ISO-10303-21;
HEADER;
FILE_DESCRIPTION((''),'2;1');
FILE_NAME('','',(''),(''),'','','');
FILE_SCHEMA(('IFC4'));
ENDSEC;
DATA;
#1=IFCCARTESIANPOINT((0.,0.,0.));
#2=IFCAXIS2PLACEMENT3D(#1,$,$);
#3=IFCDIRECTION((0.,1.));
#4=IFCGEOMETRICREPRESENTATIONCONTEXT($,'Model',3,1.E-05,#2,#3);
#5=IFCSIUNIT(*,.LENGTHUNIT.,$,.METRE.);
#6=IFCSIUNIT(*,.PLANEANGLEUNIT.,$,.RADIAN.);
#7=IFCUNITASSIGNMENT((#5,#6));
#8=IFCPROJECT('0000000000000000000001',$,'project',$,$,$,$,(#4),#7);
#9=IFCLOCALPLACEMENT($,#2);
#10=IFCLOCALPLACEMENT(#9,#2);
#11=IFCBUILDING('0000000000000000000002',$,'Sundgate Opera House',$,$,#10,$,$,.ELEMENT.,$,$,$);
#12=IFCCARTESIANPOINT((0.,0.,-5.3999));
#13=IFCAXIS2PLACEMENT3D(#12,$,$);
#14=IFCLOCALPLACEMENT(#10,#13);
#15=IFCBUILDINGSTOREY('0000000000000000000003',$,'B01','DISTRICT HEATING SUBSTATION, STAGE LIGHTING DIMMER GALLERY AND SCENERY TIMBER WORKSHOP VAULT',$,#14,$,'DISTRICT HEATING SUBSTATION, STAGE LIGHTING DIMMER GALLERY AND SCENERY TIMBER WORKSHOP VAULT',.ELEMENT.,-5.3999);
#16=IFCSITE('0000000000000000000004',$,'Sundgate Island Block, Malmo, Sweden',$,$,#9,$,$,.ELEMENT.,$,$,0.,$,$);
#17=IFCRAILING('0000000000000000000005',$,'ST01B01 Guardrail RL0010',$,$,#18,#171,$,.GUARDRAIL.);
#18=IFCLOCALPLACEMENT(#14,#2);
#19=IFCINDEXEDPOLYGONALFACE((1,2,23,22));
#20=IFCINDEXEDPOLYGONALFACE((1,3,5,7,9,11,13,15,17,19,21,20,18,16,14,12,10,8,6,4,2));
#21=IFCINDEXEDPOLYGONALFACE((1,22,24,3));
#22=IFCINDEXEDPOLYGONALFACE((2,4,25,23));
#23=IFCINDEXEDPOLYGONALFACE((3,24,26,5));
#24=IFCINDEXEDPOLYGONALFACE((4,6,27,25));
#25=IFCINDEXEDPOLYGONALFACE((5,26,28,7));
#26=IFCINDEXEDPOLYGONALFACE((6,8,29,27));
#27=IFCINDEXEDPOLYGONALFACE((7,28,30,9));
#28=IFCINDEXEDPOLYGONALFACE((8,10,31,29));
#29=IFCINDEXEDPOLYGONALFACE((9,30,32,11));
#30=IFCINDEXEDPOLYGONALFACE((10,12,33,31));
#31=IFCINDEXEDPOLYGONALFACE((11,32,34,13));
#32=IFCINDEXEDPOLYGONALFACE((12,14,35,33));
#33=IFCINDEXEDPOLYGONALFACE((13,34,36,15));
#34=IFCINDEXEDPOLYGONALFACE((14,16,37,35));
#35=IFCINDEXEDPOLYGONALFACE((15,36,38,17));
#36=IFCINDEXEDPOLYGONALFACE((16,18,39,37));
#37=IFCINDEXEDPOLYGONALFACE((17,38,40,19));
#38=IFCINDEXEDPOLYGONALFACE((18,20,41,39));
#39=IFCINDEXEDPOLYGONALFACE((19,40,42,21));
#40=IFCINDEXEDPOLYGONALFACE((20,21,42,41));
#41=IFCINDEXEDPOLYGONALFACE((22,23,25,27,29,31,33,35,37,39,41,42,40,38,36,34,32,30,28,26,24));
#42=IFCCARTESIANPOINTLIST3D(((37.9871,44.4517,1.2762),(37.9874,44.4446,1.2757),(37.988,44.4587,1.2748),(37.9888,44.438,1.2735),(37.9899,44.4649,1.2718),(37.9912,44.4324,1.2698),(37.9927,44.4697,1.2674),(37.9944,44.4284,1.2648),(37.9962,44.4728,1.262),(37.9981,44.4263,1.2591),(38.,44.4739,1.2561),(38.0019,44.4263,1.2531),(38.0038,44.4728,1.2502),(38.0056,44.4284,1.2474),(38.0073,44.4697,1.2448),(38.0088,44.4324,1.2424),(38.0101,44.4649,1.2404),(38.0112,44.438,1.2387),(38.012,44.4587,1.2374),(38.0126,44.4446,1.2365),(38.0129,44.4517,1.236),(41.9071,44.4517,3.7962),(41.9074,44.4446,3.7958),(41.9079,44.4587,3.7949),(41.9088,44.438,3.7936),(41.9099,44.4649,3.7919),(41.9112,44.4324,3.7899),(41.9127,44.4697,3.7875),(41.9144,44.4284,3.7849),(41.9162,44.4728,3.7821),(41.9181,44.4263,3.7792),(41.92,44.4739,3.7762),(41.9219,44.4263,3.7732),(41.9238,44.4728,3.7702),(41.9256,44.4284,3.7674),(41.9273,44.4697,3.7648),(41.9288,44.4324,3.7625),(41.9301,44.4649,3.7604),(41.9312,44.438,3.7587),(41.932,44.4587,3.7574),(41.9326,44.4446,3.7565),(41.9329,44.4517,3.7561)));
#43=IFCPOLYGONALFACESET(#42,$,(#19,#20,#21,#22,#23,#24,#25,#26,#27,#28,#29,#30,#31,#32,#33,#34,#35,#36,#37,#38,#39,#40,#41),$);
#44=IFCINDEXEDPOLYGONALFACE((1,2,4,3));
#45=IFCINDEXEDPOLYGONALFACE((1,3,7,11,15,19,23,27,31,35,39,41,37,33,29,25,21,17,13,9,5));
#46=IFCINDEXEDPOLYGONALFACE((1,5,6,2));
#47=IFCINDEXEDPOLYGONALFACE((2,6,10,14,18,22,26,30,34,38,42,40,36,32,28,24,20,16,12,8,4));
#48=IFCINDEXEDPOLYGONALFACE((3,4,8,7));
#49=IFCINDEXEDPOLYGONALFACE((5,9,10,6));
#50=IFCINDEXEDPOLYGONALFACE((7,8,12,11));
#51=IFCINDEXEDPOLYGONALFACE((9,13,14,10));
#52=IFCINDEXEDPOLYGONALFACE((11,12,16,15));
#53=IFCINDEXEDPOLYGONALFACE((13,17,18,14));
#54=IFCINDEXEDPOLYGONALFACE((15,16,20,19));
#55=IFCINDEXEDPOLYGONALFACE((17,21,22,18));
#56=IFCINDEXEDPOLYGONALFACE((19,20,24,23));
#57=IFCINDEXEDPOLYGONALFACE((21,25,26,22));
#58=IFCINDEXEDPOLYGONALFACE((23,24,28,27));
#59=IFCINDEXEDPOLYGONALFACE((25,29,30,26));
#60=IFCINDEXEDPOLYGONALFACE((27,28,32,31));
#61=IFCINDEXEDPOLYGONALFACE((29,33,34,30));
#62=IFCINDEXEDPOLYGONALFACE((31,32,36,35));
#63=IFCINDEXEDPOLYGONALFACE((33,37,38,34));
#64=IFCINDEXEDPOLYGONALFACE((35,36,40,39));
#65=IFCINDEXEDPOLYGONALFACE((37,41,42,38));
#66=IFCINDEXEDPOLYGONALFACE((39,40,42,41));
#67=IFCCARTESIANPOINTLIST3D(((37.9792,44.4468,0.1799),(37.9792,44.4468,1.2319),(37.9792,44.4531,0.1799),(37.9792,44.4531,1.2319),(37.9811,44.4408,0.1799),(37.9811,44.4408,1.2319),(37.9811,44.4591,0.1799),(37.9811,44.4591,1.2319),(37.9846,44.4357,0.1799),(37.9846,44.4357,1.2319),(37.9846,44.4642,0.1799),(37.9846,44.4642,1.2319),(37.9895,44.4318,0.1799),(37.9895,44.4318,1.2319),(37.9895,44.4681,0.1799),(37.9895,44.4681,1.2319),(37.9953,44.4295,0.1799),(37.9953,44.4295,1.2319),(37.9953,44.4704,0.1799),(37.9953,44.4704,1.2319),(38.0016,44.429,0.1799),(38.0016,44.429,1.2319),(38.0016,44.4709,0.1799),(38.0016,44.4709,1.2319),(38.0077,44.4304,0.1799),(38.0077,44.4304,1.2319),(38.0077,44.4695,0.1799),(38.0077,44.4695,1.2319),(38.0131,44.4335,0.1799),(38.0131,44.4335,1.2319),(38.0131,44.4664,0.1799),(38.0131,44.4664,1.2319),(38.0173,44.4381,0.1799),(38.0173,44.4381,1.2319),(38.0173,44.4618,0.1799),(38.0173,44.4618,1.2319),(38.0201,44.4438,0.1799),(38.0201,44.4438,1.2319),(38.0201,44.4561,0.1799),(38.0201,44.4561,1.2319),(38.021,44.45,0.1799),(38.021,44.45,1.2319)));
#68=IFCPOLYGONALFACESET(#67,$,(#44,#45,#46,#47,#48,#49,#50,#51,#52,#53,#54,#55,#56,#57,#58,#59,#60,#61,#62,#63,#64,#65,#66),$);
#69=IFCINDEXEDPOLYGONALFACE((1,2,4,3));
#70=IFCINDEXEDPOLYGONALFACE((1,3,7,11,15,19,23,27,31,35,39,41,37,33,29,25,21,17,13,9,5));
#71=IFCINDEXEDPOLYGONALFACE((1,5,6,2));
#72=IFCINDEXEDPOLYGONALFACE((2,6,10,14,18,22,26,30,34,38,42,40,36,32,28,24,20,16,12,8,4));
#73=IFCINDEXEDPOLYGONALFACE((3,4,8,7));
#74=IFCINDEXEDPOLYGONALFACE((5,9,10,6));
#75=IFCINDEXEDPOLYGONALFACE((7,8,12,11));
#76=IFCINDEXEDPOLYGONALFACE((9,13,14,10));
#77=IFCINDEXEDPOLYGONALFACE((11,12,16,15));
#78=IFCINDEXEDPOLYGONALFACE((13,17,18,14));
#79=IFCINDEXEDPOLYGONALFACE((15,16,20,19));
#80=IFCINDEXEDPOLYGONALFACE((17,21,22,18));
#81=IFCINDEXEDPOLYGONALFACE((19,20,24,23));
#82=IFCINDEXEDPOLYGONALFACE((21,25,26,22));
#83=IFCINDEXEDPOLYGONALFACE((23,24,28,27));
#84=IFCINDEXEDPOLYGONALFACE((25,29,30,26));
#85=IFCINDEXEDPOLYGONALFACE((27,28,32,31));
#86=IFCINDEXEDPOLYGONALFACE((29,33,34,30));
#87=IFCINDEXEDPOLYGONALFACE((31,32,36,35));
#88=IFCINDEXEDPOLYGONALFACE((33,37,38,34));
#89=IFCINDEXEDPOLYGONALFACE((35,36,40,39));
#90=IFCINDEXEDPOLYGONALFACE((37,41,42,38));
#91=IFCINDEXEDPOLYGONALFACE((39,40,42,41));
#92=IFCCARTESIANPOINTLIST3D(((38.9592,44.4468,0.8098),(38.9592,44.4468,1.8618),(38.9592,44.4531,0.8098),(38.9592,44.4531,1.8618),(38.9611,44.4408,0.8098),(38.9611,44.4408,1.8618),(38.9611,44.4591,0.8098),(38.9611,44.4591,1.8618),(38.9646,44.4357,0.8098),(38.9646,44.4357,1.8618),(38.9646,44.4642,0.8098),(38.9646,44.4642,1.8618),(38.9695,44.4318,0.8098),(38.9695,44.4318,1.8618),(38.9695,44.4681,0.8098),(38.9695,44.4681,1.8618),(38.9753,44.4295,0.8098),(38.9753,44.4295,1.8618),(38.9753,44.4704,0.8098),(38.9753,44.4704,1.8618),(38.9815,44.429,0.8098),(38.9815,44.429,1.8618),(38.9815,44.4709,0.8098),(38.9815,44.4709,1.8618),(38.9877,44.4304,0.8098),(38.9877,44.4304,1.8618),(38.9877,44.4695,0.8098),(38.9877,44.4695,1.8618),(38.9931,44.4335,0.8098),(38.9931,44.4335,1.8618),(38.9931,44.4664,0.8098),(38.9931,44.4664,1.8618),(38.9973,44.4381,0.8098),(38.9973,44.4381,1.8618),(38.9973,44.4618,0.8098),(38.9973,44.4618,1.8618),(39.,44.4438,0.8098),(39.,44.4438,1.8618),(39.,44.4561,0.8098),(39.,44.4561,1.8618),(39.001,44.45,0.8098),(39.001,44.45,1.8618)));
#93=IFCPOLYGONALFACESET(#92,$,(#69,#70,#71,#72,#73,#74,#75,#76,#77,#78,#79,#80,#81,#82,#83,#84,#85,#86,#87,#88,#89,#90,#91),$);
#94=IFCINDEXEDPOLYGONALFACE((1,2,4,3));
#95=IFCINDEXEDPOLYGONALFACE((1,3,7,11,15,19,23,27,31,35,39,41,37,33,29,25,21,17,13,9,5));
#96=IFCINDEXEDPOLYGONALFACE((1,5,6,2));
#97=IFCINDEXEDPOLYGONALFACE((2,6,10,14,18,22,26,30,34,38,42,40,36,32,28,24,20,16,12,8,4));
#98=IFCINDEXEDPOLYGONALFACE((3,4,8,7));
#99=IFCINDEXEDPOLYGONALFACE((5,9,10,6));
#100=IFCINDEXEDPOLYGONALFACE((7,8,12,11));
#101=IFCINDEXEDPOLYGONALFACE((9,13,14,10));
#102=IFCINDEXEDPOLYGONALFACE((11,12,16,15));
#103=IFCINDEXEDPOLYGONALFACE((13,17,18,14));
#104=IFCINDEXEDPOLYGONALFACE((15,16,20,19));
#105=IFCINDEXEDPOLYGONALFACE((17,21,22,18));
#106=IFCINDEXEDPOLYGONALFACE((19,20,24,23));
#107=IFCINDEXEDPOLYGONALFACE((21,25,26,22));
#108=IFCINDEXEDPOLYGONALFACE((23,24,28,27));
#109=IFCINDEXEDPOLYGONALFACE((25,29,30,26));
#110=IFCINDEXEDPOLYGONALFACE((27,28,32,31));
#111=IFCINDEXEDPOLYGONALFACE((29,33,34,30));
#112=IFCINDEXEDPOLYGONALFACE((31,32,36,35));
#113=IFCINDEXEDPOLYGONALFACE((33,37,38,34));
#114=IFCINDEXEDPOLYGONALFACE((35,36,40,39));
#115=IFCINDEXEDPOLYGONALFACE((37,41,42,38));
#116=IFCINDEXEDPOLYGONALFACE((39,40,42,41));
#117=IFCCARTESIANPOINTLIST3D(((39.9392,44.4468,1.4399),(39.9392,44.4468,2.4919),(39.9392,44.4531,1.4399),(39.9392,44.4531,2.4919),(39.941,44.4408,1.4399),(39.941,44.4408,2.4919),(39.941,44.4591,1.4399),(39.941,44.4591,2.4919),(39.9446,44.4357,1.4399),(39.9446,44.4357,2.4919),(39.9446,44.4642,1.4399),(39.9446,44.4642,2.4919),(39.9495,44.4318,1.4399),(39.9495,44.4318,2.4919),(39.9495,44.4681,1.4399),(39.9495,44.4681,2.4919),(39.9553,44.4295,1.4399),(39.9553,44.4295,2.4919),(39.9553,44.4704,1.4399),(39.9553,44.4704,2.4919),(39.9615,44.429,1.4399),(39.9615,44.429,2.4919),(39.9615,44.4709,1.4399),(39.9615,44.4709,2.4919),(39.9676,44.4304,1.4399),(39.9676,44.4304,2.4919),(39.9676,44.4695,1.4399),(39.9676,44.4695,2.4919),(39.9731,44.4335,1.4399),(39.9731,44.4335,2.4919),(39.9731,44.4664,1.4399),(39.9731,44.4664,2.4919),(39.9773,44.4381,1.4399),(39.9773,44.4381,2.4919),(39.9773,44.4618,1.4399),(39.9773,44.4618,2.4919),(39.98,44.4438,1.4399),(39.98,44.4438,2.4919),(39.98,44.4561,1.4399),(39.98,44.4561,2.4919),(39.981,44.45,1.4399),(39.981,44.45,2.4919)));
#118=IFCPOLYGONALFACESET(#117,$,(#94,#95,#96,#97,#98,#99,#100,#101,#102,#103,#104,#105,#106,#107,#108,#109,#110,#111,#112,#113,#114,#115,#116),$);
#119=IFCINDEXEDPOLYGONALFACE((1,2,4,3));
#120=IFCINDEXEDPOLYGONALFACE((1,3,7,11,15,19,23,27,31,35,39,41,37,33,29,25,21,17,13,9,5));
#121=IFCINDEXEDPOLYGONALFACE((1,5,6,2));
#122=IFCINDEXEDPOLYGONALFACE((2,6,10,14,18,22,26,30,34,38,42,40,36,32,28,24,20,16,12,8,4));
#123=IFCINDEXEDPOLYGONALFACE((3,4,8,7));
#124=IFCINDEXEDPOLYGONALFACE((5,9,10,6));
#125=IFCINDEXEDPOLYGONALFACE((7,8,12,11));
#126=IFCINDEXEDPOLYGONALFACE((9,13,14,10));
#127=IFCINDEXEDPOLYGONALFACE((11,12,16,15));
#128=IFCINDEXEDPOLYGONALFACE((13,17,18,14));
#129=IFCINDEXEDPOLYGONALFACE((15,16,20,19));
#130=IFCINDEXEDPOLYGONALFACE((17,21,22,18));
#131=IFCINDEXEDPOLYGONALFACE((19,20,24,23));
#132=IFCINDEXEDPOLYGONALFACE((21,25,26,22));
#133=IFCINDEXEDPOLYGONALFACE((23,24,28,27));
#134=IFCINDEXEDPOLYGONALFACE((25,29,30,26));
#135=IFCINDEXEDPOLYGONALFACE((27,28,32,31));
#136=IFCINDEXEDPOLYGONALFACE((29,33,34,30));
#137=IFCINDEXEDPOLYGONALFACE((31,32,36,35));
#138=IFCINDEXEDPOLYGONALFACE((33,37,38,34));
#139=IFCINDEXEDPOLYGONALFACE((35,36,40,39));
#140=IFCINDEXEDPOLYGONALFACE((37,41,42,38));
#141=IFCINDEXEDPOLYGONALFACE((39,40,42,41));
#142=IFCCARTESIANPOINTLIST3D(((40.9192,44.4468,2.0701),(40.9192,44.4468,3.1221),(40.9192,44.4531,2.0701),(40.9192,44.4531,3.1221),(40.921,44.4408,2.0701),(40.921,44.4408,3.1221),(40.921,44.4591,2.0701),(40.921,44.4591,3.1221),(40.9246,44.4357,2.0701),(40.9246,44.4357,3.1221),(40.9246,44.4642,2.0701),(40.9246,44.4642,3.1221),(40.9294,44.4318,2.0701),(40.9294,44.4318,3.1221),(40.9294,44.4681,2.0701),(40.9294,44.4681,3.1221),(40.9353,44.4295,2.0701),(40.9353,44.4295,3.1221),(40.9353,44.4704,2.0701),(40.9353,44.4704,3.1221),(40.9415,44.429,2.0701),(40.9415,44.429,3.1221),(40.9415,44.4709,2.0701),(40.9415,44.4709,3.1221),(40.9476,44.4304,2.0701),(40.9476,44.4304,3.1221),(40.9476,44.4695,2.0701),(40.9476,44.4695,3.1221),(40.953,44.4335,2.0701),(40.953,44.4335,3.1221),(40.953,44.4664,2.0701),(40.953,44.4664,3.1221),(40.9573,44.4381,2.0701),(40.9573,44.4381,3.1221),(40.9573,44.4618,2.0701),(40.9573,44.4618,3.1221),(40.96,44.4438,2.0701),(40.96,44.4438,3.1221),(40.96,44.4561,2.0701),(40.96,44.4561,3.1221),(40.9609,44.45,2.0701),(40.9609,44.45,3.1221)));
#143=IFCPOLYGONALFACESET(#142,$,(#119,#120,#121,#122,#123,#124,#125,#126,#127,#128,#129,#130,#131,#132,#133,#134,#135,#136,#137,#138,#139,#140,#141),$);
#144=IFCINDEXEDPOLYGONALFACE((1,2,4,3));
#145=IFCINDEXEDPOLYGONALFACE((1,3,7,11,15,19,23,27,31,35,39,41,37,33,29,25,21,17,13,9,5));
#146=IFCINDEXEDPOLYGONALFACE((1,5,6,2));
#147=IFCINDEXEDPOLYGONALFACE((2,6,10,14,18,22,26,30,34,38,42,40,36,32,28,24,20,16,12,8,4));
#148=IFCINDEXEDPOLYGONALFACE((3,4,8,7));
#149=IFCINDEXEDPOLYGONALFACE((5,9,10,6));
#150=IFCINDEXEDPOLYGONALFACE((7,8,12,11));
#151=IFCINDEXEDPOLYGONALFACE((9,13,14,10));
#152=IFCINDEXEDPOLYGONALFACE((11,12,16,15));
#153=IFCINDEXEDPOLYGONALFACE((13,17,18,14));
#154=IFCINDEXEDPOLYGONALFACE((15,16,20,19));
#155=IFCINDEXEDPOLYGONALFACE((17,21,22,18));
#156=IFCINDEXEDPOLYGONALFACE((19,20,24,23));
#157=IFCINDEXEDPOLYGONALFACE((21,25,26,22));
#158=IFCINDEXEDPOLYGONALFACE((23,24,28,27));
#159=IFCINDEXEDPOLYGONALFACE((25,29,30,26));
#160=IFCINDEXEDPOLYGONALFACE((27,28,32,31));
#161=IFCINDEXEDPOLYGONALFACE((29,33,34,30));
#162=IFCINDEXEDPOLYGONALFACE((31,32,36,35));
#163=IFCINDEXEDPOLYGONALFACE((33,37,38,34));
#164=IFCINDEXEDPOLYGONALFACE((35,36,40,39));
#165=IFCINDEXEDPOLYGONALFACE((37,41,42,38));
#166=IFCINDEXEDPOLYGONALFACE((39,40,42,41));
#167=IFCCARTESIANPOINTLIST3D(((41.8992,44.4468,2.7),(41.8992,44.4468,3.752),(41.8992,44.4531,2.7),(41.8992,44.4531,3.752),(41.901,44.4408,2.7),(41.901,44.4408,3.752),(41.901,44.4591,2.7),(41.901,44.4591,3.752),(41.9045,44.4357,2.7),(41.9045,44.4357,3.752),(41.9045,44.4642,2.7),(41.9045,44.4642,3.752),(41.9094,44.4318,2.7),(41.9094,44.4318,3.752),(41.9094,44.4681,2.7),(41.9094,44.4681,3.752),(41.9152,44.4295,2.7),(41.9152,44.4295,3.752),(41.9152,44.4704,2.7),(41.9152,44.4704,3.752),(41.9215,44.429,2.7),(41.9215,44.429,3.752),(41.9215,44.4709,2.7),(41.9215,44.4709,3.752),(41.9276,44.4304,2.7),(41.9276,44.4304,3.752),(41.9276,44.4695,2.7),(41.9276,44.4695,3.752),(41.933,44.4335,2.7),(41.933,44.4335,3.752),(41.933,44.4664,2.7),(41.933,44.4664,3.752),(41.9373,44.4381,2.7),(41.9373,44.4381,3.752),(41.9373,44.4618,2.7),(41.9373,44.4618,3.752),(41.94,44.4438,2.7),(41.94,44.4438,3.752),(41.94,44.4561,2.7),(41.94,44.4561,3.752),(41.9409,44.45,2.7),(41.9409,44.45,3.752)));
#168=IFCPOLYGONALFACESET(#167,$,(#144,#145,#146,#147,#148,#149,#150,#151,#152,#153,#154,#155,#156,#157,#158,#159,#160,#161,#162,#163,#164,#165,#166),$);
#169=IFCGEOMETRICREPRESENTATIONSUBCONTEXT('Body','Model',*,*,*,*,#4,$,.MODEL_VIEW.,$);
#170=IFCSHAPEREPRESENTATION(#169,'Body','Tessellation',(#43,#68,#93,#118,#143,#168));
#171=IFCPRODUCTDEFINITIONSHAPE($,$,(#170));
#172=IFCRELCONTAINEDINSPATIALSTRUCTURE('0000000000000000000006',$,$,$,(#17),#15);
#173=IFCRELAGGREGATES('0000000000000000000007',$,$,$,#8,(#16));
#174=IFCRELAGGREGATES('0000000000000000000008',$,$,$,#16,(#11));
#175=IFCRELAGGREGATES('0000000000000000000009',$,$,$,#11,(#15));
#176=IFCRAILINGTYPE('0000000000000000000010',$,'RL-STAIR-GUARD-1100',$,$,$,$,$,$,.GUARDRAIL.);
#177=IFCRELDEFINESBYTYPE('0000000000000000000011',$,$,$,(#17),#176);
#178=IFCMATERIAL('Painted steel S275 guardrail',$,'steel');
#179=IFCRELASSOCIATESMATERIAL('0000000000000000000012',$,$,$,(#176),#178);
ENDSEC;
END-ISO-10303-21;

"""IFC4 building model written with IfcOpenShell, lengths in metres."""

from ifc_helpers import new_model, si_unit, direction, frame, origin, origin_2d, place, context, subcontext, project, spatial, circle, extrude, material, type_object, element, save


model = new_model("IFC4")

# Units and contexts
model_context = context("Model", 3, precision=1e-05, world=origin(), true_north=direction((0.0, 1.0)))
body_context = subcontext(model_context, "Body", "Model", "MODEL_VIEW")
ifc_project = project(units=[si_unit("LENGTHUNIT", "METRE"), si_unit("PLANEANGLEUNIT", "RADIAN")], contexts=[model_context])

# Site, building, storey
site_placement = place(None, origin())
site = spatial("IfcSite", under=ifc_project, at=site_placement, Name="Sundgate Island Block, Malmo, Sweden", CompositionType="ELEMENT", RefElevation=0.0)
building_placement = place(site_placement, origin())
building = spatial("IfcBuilding", under=site, at=building_placement, Name="Sundgate Opera House", CompositionType="ELEMENT")
storey_placement = place(building_placement, frame((0.0, 0.0, -5.3999)))
storey = spatial("IfcBuildingStorey", under=building, at=storey_placement, Name="B01", Description="DISTRICT HEATING SUBSTATION, STAGE LIGHTING DIMMER GALLERY AND SCENERY TIMBER WORKSHOP VAULT", LongName="DISTRICT HEATING SUBSTATION, STAGE LIGHTING DIMMER GALLERY AND SCENERY TIMBER WORKSHOP VAULT", CompositionType="ELEMENT", Elevation=-5.3999)

# Railing
ifc_material_1 = material(Name="Painted steel S275 guardrail", Category="steel")
railing_type_1 = type_object("IfcRailingType", Name="RL-STAIR-GUARD-1100", PredefinedType="GUARDRAIL", material=ifc_material_1)
railing_1_placement = place(storey_placement, frame((38.0, 44.45, 0.1799)))
element("IfcRailing", 1, at=railing_1_placement, inside=storey, type_object=railing_type_1, Name="ST01B01 Guardrail RL0010", PredefinedType="GUARDRAIL", context=body_context, shape_type="SweptSolid", body=[
    extrude(circle(Radius=0.0239, at=origin_2d()), frame((0.0, 0.0, 1.0762), z_axis=(0.841172, 0.0, 0.540768), x_axis=(0.0, 1.0, 0.0)), (0.0, 0.0, 1.0), 4.6602),
    extrude(circle(Radius=0.021, at=origin_2d()), origin(), (0.0, 0.0, 1.0), 1.052),
    extrude(circle(Radius=0.021, at=origin_2d()), frame((0.98, 0.0, 0.6299)), (0.0, 0.0, 1.0), 1.052),
    extrude(circle(Radius=0.021, at=origin_2d()), frame((1.96, 0.0, 1.26)), (0.0, 0.0, 1.0), 1.052),
    extrude(circle(Radius=0.021, at=origin_2d()), frame((2.9399, 0.0, 1.8901)), (0.0, 0.0, 1.0), 1.052),
    extrude(circle(Radius=0.021, at=origin_2d()), frame((3.9199, 0.0, 2.52)), (0.0, 0.0, 1.0), 1.052),
])

save(model, "model.ifc")
